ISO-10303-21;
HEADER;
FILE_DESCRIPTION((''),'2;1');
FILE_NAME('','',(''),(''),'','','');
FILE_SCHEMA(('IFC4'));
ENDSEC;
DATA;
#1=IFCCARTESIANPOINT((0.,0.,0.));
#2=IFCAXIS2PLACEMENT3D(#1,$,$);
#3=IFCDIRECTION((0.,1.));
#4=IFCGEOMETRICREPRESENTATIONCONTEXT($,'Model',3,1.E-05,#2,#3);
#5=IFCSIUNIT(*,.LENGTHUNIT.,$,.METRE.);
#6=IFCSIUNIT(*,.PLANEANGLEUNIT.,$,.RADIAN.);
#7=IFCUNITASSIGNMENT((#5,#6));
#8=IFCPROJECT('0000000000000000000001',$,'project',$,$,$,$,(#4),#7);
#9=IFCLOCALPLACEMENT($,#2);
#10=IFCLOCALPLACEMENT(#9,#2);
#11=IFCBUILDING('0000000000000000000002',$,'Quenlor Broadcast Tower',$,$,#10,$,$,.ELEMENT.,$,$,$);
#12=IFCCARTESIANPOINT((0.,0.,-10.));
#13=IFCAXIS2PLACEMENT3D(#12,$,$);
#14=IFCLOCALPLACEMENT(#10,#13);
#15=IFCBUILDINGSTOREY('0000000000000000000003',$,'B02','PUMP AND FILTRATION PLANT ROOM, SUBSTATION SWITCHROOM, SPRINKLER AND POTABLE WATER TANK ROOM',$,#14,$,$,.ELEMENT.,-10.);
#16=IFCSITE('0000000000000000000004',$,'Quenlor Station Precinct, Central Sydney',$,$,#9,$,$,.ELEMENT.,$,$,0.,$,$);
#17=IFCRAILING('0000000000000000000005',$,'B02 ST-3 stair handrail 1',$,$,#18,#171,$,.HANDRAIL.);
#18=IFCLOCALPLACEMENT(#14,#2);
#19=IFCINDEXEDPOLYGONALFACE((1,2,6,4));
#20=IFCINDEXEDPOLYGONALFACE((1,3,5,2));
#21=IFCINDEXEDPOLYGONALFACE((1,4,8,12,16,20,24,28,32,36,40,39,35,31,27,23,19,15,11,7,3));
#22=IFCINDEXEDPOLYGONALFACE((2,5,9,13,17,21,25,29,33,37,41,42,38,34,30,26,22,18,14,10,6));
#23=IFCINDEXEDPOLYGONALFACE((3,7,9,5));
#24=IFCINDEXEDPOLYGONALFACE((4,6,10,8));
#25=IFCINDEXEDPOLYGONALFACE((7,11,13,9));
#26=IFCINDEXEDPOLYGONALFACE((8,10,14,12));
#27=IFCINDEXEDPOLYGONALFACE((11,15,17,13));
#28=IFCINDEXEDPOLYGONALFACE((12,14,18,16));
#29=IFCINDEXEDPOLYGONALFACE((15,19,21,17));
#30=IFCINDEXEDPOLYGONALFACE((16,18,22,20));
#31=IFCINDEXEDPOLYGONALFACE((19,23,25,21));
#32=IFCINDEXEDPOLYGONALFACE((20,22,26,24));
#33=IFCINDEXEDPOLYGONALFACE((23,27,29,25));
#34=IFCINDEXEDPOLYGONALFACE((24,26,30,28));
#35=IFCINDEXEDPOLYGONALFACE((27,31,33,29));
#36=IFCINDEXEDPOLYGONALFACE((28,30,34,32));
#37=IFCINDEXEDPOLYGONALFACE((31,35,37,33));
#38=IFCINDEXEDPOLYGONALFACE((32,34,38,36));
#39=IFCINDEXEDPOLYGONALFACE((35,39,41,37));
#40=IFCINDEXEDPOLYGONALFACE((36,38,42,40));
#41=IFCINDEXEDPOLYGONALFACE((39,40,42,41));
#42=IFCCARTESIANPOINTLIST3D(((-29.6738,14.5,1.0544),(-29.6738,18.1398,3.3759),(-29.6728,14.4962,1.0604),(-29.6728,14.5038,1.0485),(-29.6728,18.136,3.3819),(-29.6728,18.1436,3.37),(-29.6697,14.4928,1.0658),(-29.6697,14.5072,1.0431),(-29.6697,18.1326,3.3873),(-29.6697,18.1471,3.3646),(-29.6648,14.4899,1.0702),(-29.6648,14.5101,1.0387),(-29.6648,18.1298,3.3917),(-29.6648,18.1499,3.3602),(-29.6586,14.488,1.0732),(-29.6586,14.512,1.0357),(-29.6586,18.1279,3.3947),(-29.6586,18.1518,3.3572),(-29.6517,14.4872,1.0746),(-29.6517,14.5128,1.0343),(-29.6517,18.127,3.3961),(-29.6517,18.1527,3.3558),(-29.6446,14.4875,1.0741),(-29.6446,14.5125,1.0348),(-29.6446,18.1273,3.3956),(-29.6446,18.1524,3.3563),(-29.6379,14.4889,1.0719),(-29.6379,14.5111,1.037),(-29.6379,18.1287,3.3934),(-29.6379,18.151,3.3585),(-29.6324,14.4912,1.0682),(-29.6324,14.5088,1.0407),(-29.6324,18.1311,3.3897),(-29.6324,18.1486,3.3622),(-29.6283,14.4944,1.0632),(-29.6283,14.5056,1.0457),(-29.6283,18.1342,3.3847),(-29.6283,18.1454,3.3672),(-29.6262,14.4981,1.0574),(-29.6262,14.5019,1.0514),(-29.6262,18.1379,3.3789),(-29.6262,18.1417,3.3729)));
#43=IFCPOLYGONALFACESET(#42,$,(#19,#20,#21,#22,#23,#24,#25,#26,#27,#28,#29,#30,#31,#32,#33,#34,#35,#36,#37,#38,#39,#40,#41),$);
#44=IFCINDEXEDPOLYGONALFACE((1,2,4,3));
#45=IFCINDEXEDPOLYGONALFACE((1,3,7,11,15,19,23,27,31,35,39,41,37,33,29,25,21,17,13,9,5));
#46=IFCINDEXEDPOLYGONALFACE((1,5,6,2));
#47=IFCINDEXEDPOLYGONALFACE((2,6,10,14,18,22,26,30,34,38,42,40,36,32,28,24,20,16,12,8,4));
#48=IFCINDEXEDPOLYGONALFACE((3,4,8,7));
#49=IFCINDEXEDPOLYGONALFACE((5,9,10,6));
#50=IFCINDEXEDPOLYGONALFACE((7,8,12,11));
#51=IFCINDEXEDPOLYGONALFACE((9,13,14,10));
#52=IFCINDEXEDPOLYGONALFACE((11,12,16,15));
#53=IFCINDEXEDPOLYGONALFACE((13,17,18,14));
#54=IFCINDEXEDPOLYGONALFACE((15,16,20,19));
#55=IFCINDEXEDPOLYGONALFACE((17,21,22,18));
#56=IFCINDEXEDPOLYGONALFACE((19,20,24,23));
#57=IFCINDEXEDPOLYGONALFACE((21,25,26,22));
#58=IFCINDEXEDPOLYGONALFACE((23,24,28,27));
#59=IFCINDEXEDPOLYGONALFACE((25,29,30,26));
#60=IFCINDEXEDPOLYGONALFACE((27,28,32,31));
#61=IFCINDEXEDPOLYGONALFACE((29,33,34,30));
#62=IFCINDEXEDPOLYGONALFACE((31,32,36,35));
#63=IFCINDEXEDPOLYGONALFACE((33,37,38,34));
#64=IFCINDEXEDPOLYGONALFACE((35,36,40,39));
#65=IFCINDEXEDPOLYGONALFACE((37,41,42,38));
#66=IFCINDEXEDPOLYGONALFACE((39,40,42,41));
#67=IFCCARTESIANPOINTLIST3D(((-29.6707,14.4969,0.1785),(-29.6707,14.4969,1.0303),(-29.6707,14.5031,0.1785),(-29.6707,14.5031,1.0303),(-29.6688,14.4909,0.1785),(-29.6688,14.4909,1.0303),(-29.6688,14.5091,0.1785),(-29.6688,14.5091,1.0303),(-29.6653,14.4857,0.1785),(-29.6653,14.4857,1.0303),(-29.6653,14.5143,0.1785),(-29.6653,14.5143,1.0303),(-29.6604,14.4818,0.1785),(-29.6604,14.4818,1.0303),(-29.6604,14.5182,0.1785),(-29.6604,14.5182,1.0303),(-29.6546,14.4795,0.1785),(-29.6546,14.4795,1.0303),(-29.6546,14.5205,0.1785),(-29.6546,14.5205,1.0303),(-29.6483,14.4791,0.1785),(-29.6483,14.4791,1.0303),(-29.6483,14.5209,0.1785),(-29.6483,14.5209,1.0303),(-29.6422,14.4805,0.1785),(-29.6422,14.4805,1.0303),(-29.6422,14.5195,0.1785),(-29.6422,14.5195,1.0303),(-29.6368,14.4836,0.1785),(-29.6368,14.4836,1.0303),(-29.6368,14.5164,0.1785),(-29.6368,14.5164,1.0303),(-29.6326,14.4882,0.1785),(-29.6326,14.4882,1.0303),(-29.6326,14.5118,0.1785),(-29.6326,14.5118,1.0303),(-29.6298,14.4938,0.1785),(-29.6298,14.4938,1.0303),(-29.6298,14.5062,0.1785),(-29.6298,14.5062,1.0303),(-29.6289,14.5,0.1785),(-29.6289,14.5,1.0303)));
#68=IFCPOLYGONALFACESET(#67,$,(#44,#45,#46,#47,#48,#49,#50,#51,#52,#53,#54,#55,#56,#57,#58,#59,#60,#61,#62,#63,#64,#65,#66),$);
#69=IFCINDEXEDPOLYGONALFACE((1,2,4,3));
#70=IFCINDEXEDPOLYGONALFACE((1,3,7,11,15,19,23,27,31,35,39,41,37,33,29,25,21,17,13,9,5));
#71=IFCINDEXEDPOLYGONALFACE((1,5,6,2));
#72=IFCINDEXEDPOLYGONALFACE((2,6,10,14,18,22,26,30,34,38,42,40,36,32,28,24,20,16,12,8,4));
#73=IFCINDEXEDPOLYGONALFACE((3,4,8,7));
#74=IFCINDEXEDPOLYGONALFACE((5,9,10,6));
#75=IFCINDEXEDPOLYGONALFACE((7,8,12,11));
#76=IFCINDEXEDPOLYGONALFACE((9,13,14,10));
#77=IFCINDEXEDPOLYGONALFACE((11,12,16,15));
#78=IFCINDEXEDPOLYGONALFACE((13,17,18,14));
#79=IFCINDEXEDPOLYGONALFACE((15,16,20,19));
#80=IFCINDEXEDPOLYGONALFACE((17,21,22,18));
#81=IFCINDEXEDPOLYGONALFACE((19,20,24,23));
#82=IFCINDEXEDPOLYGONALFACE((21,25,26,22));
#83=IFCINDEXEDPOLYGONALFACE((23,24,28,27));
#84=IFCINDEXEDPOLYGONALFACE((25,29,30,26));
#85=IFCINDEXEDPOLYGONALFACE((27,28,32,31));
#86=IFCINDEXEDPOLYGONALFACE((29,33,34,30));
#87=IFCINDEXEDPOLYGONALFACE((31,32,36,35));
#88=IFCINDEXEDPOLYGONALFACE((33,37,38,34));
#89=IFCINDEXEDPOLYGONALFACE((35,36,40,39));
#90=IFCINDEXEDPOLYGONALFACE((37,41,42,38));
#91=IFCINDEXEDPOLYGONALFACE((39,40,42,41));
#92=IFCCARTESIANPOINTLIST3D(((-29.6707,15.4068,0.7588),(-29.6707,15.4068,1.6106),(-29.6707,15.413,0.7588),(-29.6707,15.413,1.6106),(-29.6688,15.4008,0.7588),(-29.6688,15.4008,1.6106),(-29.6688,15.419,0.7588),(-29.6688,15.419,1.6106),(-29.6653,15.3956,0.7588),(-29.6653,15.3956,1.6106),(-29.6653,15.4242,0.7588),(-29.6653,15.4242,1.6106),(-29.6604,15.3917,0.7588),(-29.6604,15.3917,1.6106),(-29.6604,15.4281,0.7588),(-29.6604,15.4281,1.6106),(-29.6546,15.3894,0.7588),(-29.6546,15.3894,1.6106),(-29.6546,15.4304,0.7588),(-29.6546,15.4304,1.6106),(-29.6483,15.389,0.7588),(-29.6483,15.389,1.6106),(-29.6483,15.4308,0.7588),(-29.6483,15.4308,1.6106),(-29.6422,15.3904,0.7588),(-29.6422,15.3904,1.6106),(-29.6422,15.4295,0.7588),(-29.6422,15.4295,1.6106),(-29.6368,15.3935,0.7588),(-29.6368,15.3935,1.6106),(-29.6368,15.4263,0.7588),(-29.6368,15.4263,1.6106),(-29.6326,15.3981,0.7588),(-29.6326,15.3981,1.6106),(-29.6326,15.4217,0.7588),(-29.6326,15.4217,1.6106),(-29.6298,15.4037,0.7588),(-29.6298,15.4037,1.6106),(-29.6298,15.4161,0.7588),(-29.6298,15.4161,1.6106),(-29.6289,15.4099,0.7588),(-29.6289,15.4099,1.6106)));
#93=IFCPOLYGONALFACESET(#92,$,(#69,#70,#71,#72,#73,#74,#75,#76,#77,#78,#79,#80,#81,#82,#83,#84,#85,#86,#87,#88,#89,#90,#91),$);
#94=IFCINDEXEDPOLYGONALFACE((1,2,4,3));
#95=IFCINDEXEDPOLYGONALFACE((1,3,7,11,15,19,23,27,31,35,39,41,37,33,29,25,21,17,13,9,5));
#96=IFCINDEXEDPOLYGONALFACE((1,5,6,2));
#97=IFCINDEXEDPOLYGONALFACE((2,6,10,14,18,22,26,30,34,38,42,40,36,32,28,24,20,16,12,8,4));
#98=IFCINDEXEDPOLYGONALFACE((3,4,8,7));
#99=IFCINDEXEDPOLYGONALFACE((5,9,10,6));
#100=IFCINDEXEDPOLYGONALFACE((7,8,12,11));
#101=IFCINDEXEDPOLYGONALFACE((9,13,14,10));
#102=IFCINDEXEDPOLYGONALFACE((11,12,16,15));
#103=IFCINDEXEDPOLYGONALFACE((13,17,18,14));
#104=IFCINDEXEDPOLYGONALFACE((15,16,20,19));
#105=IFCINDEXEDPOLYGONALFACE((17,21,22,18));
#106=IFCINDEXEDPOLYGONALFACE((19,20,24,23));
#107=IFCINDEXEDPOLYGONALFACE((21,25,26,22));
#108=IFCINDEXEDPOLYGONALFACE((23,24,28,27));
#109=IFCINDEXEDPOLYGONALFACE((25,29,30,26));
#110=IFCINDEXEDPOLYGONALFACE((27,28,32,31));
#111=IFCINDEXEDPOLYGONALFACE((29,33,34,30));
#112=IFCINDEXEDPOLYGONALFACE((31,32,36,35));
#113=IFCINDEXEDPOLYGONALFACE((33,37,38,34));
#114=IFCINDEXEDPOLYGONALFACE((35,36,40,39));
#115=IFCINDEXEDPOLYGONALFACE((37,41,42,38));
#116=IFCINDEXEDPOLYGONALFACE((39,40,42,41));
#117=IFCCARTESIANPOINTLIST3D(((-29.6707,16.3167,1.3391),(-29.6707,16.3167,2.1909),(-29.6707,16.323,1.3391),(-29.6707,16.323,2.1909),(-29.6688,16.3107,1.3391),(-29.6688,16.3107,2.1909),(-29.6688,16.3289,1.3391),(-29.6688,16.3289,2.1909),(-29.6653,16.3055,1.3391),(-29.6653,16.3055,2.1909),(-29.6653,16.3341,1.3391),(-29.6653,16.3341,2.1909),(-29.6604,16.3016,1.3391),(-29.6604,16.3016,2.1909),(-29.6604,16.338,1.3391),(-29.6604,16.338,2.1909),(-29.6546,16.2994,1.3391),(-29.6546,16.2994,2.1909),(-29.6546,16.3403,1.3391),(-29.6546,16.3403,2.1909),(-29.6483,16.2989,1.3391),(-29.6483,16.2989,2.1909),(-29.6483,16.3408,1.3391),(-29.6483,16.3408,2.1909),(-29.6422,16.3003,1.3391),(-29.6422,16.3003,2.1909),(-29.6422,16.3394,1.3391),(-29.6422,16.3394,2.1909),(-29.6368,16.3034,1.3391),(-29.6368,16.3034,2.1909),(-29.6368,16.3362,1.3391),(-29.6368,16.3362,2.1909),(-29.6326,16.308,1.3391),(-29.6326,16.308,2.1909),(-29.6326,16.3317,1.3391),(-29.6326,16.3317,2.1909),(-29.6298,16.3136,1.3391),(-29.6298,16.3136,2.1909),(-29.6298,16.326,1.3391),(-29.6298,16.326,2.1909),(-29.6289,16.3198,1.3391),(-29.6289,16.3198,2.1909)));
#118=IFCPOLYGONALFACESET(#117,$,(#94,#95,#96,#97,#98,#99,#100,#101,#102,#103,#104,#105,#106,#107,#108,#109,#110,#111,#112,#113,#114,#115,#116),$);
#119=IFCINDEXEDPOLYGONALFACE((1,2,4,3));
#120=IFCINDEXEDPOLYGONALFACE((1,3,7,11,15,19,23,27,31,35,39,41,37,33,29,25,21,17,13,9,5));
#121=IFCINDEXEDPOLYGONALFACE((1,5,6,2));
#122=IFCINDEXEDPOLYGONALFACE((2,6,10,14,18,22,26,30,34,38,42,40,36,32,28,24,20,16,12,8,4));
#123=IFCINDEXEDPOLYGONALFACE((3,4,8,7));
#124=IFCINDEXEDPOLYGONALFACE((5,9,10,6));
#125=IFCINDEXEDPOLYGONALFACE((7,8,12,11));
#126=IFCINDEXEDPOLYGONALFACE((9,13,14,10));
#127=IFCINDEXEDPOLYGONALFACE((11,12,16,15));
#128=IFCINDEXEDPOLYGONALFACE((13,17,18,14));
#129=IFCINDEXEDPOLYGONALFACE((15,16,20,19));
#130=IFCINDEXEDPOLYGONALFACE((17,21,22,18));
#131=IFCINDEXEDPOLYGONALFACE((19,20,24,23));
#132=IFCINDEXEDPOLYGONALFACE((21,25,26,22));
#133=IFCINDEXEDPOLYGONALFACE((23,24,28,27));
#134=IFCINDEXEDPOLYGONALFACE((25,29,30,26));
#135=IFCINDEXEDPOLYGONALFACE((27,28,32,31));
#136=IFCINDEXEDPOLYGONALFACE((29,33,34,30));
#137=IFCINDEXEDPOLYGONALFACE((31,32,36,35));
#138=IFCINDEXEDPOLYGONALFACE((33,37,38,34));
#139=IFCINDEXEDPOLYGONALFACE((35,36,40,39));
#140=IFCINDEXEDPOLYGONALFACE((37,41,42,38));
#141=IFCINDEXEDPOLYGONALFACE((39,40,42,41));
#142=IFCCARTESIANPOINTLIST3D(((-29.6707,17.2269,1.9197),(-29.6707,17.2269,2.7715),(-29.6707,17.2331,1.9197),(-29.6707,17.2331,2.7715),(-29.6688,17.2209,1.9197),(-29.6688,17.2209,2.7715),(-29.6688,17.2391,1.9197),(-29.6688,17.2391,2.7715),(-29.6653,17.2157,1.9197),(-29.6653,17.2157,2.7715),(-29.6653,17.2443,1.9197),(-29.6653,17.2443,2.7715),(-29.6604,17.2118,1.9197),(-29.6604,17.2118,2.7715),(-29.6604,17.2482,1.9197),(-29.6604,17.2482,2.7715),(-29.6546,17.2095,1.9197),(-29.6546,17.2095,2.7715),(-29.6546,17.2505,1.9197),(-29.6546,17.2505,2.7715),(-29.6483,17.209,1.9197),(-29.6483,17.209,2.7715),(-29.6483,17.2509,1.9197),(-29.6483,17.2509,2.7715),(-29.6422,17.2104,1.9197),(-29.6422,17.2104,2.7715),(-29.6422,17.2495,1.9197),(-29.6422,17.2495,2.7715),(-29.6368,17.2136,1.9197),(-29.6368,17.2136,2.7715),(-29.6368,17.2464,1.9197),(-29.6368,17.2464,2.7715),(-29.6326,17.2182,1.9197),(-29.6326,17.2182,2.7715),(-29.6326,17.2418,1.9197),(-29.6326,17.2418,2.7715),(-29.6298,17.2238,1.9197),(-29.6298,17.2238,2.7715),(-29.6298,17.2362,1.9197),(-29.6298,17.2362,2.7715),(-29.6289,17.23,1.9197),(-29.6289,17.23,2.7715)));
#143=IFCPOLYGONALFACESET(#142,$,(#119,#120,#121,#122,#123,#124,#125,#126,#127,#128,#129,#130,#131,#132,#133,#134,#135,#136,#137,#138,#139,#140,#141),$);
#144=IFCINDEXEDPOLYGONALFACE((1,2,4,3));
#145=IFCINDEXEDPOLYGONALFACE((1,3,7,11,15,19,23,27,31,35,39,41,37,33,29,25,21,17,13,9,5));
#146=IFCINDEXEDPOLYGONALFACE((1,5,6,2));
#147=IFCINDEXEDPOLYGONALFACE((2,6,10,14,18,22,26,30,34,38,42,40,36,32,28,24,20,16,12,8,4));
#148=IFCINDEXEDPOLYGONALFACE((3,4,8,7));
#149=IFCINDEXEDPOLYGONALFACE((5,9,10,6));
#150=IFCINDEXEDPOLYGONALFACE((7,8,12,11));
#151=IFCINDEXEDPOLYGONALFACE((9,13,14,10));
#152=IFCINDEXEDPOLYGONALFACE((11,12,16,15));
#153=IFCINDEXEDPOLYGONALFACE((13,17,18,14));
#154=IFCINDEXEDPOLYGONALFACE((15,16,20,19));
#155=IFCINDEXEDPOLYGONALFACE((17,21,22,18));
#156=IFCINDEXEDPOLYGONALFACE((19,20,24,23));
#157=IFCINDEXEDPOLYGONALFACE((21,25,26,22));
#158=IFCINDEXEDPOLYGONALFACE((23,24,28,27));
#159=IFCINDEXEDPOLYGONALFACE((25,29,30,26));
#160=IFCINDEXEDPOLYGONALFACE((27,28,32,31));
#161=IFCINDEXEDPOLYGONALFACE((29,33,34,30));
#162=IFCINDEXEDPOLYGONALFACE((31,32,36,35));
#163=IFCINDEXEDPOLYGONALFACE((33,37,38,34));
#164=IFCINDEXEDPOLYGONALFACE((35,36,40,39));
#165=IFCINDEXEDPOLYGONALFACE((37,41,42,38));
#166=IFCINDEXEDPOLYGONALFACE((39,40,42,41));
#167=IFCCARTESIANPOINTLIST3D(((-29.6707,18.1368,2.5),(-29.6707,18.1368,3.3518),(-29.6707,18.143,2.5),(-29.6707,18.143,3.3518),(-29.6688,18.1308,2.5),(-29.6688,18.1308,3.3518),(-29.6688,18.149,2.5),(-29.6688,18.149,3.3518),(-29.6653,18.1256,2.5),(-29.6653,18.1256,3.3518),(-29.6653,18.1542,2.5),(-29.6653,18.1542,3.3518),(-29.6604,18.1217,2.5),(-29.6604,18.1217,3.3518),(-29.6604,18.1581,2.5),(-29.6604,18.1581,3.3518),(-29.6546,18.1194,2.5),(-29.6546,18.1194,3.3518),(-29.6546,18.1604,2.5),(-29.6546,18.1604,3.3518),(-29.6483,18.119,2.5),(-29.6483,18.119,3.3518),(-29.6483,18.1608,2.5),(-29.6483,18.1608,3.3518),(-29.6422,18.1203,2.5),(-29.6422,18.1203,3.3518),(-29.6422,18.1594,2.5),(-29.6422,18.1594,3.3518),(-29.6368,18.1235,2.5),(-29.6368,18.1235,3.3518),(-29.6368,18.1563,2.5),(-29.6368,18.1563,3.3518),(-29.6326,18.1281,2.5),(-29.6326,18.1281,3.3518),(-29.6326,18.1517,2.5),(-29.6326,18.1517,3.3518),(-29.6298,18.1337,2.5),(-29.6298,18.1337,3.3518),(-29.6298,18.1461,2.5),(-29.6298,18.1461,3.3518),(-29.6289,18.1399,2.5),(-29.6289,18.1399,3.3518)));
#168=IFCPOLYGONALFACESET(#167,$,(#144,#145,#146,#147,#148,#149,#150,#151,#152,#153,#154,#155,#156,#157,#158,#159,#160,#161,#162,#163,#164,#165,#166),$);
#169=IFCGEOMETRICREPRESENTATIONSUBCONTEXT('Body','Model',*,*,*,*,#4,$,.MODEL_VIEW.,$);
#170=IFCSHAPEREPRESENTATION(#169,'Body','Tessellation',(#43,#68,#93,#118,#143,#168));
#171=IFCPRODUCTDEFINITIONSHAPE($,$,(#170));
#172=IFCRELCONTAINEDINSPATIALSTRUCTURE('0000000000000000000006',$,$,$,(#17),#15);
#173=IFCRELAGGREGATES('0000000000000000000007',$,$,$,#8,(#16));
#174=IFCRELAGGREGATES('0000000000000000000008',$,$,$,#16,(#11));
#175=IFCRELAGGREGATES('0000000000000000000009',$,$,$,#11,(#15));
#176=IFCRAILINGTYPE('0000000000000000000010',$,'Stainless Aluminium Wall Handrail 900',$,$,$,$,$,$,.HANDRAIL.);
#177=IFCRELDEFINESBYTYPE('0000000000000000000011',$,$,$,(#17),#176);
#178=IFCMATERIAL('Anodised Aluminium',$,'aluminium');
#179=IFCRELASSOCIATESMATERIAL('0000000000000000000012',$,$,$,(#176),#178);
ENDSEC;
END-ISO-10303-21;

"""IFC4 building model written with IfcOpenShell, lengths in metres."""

from ifc_helpers import new_model, si_unit, direction, frame, origin, origin_2d, place, context, subcontext, project, spatial, circle, extrude, material, type_object, element, save


model = new_model("IFC4")

# Units and contexts
model_context = context("Model", 3, precision=1e-05, world=origin(), true_north=direction((0.0, 1.0)))
body_context = subcontext(model_context, "Body", "Model", "MODEL_VIEW")
ifc_project = project(units=[si_unit("LENGTHUNIT", "METRE"), si_unit("PLANEANGLEUNIT", "RADIAN")], contexts=[model_context])

# Site, building, storey
site_placement = place(None, origin())
site = spatial("IfcSite", under=ifc_project, at=site_placement, Name="Quenlor Station Precinct, Central Sydney", CompositionType="ELEMENT", RefElevation=0.0)
building_placement = place(site_placement, origin())
building = spatial("IfcBuilding", under=site, at=building_placement, Name="Quenlor Broadcast Tower", CompositionType="ELEMENT")
storey_placement = place(building_placement, frame((0.0, 0.0, -10.0)))
storey = spatial("IfcBuildingStorey", under=building, at=storey_placement, Name="B02", Description="PUMP AND FILTRATION PLANT ROOM, SUBSTATION SWITCHROOM, SPRINKLER AND POTABLE WATER TANK ROOM", CompositionType="ELEMENT", Elevation=-10.0)

# Railing
ifc_material_1 = material(Name="Anodised Aluminium", Category="aluminium")
railing_type_1 = type_object("IfcRailingType", Name="Stainless Aluminium Wall Handrail 900", PredefinedType="HANDRAIL", material=ifc_material_1)
railing_1_placement = place(storey_placement, frame((-29.6499, 14.5, 0.1785)))
element("IfcRailing", 1, at=railing_1_placement, inside=storey, type_object=railing_type_1, Name="B02 ST-3 stair handrail 1", PredefinedType="HANDRAIL", context=body_context, shape_type="SweptSolid", body=[
    extrude(circle(Radius=0.0239, at=origin_2d()), frame((0.0, 0.0, 0.876), z_axis=(0.0, 0.843112, 0.537739), x_axis=(-1.0, 0.0, 0.0)), (0.0, 0.0, 1.0), 4.3171),
    extrude(circle(Radius=0.021, at=origin_2d()), origin(), (0.0, 0.0, 1.0), 0.8518),
    extrude(circle(Radius=0.021, at=origin_2d()), frame((0.0, 0.9099, 0.5803)), (0.0, 0.0, 1.0), 0.8518),
    extrude(circle(Radius=0.021, at=origin_2d()), frame((0.0, 1.8198, 1.1606)), (0.0, 0.0, 1.0), 0.8518),
    extrude(circle(Radius=0.021, at=origin_2d()), frame((0.0, 2.73, 1.7412)), (0.0, 0.0, 1.0), 0.8518),
    extrude(circle(Radius=0.021, at=origin_2d()), frame((0.0, 3.6399, 2.3215)), (0.0, 0.0, 1.0), 0.8518),
])

save(model, "model.ifc")
